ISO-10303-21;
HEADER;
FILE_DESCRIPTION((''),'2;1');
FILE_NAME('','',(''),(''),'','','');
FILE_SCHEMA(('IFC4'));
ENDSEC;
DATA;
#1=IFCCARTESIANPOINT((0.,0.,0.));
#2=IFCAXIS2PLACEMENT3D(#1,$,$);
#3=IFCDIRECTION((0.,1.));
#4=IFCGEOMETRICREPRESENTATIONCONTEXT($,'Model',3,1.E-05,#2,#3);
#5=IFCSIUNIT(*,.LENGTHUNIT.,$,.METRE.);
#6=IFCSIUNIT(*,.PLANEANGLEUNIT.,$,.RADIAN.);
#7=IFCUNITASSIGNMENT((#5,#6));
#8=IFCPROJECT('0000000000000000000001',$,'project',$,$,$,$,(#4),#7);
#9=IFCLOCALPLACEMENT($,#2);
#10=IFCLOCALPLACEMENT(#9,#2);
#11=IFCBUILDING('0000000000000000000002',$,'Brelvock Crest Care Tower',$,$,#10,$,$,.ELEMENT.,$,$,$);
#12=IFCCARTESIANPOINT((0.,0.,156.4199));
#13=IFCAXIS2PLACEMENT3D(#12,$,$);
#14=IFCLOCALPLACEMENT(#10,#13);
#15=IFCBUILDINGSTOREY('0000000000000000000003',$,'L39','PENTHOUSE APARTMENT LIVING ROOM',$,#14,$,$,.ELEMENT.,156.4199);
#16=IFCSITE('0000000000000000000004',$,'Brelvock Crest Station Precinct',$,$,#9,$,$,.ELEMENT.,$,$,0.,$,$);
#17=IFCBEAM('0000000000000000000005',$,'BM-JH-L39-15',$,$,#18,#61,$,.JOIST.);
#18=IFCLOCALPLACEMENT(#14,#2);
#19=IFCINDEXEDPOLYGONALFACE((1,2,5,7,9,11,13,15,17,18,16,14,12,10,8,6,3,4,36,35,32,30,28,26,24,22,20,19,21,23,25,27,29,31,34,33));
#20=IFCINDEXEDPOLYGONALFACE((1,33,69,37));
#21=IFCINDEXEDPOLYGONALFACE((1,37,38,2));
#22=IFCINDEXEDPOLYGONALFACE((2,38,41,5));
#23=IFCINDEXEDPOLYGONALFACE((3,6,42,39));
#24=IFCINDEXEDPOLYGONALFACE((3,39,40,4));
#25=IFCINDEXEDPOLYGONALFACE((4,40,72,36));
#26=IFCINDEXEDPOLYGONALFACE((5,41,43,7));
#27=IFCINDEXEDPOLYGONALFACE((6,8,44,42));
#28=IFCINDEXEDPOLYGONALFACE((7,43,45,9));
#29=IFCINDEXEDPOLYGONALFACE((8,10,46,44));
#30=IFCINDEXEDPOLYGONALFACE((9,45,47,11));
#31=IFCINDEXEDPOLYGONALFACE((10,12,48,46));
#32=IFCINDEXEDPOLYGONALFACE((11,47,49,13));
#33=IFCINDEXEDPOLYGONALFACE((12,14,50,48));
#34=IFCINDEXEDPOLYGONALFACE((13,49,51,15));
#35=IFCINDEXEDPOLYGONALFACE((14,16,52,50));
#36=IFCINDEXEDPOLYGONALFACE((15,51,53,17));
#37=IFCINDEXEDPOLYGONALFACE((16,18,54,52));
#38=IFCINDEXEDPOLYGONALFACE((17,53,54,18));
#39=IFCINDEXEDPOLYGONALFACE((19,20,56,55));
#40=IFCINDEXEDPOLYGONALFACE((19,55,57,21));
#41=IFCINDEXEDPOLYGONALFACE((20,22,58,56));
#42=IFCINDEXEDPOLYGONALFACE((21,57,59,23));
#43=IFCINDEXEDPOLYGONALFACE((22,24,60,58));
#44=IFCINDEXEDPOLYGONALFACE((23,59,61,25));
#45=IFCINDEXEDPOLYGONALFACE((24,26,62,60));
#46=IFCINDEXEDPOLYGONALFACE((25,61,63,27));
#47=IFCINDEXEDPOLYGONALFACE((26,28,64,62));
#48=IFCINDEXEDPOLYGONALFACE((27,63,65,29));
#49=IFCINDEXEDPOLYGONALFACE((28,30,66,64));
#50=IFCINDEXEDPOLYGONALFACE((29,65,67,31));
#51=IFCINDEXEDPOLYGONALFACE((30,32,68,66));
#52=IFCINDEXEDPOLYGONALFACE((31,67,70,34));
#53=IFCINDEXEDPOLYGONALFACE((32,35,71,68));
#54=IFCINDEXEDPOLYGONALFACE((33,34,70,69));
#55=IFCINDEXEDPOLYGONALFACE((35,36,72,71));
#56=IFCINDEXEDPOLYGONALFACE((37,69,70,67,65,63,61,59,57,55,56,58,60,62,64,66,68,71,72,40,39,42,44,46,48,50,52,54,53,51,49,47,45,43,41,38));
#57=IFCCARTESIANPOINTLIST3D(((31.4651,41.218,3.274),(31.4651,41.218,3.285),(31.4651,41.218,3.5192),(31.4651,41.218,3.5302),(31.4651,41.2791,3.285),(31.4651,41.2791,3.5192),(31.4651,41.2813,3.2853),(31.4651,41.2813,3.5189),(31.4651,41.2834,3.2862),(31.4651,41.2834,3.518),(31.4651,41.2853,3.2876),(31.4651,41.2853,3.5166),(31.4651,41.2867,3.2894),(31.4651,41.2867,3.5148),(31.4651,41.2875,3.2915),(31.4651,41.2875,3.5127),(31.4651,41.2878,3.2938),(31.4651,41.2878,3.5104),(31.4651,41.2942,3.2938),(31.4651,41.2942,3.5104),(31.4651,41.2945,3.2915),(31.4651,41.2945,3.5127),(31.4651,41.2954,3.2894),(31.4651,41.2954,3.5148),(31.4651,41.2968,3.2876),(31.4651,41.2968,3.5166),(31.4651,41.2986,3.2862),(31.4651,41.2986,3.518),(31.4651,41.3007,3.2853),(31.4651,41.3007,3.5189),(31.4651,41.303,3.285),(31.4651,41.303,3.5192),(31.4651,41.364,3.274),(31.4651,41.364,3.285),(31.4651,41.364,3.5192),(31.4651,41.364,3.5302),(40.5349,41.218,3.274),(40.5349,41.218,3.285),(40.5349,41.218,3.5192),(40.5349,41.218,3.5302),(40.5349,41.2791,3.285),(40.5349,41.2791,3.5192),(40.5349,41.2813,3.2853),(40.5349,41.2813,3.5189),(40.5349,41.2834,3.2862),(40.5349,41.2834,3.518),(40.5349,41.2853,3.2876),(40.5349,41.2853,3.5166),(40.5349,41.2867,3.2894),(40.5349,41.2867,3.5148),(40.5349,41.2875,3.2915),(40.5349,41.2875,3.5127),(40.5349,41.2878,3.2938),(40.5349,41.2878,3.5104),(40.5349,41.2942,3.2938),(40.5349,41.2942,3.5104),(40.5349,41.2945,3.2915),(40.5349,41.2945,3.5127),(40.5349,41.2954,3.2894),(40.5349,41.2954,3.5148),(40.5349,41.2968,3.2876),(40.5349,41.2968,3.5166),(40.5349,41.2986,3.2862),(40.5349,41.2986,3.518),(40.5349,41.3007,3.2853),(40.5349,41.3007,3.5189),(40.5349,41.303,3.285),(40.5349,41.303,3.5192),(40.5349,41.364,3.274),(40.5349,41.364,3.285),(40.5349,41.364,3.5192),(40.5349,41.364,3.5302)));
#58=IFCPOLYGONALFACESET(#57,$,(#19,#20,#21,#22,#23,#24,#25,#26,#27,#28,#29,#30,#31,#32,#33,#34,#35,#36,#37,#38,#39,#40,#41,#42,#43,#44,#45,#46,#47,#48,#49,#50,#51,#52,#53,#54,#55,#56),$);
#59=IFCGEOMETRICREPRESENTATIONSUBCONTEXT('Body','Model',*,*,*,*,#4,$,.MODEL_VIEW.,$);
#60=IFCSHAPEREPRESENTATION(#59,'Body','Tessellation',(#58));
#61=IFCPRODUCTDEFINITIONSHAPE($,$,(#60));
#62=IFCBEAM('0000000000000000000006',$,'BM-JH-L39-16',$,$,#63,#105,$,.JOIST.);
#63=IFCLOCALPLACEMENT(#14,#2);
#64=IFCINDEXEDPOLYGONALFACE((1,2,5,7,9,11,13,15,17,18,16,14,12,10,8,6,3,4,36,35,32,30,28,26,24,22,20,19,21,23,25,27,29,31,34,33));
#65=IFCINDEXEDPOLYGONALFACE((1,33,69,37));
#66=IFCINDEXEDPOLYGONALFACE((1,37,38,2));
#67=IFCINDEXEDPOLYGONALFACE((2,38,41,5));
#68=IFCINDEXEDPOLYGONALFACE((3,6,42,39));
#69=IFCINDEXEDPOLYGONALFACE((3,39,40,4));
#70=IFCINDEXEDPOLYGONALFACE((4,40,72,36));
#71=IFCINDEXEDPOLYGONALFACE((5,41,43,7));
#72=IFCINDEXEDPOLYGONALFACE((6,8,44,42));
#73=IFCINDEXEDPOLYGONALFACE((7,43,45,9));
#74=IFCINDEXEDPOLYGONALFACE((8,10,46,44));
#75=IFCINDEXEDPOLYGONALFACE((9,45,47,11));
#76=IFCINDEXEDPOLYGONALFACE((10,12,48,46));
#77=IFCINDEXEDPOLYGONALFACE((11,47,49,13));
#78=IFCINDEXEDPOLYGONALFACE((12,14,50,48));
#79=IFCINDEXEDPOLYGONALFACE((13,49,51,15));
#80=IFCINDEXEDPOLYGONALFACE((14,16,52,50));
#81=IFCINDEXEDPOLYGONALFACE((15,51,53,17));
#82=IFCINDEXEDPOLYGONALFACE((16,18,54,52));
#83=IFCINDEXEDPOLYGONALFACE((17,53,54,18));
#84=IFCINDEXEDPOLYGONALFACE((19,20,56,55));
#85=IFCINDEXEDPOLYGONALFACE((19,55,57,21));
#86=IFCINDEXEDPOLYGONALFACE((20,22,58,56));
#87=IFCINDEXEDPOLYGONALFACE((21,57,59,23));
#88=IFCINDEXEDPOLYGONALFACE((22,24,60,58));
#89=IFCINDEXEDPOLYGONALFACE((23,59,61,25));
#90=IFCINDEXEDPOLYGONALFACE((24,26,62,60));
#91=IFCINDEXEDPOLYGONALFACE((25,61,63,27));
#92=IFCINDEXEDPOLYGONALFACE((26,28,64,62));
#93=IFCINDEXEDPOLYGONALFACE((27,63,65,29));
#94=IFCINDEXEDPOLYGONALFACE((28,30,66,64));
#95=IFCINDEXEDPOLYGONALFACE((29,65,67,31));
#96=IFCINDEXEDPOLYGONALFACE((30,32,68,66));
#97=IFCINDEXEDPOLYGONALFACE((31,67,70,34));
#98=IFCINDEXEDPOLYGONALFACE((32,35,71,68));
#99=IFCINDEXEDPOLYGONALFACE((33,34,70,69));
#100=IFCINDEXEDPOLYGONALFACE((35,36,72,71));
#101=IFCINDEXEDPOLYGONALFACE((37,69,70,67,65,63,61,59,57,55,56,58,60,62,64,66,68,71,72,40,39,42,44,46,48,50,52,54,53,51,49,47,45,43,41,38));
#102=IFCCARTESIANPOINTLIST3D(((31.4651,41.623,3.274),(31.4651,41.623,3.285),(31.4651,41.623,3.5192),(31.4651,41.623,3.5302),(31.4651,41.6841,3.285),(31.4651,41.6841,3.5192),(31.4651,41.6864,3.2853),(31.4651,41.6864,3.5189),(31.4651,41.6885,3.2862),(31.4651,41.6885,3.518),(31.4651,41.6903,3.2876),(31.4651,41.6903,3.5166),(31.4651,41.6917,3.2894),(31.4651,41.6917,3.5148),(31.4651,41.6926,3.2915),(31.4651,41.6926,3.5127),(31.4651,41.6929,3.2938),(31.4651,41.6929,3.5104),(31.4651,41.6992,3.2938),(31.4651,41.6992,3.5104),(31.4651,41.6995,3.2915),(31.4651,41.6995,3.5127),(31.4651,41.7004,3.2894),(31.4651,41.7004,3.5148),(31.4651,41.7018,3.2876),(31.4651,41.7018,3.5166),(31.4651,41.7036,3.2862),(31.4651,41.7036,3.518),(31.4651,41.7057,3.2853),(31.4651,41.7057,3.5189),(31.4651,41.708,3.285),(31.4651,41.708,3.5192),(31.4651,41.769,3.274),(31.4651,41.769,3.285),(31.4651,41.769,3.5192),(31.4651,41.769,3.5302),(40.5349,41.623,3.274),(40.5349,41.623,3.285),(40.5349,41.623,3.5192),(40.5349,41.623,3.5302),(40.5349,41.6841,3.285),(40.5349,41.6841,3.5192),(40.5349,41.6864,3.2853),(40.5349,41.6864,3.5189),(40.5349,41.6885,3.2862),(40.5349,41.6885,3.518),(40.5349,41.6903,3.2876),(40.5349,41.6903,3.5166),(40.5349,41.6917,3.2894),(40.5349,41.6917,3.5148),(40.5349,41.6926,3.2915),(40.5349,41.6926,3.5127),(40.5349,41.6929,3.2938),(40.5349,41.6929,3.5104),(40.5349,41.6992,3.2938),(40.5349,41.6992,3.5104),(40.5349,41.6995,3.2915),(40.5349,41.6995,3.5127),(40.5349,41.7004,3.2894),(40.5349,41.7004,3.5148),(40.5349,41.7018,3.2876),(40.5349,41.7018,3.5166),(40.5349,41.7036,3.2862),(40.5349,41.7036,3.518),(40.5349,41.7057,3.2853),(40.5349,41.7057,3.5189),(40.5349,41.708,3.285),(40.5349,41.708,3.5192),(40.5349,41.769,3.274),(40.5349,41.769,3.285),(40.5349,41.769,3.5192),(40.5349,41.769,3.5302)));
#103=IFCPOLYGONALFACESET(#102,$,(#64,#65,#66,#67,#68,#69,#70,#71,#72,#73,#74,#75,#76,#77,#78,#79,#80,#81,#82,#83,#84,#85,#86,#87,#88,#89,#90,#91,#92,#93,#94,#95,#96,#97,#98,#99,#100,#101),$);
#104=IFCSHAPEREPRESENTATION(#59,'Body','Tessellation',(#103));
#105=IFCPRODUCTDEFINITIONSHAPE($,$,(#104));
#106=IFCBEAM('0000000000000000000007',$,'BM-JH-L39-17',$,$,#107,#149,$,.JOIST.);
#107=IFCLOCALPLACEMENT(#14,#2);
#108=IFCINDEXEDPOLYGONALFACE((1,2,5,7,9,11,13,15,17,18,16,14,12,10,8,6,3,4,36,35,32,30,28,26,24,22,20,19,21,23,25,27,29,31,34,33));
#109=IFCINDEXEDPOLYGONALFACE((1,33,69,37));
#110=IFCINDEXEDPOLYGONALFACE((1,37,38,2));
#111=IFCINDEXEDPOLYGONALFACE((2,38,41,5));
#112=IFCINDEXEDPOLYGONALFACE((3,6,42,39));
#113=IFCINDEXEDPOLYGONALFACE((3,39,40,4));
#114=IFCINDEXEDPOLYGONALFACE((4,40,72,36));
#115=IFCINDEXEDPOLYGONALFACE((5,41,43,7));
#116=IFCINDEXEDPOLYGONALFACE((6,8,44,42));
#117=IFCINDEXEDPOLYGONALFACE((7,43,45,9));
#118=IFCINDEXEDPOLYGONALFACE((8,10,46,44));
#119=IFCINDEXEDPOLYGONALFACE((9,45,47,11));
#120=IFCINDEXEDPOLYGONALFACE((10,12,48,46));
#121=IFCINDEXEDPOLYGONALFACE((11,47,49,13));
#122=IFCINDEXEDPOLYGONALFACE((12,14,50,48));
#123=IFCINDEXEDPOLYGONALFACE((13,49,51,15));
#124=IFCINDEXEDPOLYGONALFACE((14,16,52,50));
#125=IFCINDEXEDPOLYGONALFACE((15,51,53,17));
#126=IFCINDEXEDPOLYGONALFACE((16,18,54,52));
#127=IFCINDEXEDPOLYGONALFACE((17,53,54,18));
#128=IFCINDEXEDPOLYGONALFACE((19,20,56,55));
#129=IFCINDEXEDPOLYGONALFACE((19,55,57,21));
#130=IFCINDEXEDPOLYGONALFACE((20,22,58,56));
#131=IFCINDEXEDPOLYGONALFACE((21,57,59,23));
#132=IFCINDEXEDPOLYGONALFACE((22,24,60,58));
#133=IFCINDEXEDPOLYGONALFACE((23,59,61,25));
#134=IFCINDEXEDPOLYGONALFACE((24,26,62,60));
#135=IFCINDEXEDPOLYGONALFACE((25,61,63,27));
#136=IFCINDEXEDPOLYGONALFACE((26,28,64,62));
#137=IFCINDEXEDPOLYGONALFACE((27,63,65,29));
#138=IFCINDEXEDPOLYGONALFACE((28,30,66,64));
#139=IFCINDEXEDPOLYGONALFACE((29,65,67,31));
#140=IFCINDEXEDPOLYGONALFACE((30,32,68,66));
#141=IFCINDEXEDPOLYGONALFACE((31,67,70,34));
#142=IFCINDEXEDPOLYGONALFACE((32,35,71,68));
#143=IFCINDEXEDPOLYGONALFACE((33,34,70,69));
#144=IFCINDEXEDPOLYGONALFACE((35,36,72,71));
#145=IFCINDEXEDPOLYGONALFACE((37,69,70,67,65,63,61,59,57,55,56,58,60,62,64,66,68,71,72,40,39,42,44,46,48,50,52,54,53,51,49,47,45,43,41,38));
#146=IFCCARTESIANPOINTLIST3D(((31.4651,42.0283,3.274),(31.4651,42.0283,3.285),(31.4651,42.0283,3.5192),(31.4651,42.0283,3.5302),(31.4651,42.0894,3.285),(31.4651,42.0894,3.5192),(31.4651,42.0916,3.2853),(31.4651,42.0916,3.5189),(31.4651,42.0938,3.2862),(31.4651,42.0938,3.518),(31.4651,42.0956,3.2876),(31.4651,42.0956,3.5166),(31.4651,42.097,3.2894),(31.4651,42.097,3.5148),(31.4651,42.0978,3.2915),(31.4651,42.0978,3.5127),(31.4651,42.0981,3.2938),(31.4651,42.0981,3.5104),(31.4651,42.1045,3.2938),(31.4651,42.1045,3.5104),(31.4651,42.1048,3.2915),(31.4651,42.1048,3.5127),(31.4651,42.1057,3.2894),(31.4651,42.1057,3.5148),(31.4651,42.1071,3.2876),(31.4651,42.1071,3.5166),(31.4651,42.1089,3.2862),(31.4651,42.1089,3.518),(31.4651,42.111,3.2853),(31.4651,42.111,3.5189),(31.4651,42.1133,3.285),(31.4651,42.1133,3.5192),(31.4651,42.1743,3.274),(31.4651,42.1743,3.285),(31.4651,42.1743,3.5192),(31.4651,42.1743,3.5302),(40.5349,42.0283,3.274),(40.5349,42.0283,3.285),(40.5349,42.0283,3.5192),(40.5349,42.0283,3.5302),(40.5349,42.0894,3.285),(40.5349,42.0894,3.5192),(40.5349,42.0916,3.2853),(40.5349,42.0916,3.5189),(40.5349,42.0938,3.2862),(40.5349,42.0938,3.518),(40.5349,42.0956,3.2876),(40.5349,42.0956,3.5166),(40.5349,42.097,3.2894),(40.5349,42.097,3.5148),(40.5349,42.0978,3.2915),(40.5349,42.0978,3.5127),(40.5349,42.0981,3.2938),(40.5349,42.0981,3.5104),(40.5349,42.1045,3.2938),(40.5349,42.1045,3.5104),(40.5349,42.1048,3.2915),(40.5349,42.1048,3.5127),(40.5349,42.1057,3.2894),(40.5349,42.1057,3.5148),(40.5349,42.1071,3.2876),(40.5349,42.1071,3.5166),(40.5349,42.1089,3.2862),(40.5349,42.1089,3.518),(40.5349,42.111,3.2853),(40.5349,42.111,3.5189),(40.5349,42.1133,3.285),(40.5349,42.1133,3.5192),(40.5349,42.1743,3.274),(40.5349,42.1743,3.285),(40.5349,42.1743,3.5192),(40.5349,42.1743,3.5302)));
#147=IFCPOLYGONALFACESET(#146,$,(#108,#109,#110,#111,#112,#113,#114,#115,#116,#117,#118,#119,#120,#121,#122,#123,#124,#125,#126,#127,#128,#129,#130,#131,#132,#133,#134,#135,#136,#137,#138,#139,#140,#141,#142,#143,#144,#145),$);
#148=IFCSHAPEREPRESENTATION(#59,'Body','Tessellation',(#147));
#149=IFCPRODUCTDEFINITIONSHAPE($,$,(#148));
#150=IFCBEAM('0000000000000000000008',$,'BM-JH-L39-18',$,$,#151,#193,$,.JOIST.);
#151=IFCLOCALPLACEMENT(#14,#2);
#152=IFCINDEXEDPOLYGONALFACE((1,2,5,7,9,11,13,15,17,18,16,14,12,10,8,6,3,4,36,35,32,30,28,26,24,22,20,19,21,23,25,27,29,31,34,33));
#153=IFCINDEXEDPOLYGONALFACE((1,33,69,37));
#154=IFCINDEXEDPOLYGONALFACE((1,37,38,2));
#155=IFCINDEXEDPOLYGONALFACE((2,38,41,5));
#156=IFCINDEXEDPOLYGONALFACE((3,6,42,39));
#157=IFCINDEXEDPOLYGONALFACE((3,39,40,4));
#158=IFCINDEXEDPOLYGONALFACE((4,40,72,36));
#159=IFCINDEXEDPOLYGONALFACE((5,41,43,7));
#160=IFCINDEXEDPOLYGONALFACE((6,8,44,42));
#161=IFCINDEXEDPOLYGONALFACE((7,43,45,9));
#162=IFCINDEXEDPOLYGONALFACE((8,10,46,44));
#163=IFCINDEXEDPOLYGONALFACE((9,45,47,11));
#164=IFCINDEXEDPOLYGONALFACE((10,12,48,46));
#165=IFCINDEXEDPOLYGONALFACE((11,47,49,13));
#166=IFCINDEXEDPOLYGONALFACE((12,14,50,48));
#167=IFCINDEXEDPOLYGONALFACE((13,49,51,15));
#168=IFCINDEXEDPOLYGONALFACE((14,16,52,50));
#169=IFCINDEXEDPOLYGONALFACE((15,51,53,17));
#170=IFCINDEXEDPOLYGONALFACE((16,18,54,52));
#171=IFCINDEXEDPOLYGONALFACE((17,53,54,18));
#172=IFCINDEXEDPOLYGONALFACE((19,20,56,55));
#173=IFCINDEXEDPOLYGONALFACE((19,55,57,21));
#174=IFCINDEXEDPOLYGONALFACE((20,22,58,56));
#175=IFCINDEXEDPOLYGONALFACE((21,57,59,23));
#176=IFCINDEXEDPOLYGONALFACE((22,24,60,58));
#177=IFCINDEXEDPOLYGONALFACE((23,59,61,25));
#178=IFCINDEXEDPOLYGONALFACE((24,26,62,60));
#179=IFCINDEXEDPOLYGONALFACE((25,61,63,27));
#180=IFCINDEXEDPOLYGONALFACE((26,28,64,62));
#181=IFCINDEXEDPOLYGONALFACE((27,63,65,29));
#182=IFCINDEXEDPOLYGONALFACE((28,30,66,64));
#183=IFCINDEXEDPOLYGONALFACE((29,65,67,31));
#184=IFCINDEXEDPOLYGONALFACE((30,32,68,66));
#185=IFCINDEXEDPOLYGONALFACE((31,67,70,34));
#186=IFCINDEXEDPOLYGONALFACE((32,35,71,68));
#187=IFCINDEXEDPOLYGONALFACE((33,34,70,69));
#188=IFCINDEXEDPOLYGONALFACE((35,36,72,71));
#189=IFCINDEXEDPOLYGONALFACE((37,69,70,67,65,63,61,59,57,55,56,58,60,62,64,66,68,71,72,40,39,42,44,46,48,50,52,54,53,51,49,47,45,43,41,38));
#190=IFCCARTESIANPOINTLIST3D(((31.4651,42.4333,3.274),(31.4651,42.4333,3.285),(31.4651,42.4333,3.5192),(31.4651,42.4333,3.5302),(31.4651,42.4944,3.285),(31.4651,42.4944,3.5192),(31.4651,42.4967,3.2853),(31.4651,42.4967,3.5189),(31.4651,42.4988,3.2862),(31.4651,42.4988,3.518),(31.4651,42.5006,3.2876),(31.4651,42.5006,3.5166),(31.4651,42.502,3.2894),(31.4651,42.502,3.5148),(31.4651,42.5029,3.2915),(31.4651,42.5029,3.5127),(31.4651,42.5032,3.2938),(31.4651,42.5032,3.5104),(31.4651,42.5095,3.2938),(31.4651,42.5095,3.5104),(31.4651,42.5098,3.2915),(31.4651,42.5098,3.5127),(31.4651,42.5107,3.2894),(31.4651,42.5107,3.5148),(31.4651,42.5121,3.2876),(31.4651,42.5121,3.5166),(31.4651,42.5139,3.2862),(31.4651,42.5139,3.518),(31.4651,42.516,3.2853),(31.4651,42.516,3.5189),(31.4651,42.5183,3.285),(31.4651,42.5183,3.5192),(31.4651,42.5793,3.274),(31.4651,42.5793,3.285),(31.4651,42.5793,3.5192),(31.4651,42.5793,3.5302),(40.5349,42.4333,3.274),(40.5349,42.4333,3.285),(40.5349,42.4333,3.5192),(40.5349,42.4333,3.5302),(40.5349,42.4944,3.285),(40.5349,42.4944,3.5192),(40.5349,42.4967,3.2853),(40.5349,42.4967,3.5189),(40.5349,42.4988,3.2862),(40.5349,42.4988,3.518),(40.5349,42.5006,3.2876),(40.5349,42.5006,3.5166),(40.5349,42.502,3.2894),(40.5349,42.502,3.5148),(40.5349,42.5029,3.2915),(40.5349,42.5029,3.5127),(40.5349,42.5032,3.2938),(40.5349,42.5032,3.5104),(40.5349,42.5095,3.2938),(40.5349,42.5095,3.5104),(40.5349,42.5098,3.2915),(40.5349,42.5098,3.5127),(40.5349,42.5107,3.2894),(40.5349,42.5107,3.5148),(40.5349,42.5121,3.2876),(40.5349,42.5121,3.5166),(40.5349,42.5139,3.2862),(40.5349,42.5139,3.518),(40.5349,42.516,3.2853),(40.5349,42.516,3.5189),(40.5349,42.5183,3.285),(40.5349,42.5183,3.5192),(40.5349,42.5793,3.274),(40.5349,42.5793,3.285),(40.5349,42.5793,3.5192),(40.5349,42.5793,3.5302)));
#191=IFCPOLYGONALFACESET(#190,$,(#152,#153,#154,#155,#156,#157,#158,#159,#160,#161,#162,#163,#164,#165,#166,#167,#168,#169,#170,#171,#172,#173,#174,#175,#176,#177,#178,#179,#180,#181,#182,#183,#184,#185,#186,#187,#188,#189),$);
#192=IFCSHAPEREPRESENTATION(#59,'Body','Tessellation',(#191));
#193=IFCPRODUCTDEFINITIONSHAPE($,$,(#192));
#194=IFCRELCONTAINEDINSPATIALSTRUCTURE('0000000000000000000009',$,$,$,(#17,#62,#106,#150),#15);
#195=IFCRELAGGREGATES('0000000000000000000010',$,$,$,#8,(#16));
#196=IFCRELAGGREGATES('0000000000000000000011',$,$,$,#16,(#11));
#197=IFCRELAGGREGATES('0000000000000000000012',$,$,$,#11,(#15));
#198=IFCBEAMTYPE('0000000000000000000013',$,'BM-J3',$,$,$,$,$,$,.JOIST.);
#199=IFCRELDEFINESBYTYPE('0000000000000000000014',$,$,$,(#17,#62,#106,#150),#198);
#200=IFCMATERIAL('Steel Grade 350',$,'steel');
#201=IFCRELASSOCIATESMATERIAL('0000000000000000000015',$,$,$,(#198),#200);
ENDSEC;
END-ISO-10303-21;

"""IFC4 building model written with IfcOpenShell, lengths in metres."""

from ifc_helpers import new_model, si_unit, direction, frame, origin, origin_2d, place, context, subcontext, project, spatial, i_section, extrude, source, transform, mapped, material, material_profile, profile_set, type_object, element, save


model = new_model("IFC4")

# Units and contexts
model_context = context("Model", 3, precision=1e-05, world=origin(), true_north=direction((0.0, 1.0)))
body_context = subcontext(model_context, "Body", "Model", "MODEL_VIEW")
ifc_project = project(units=[si_unit("LENGTHUNIT", "METRE"), si_unit("PLANEANGLEUNIT", "RADIAN")], contexts=[model_context])

# Site, building, storey
site_placement = place(None, origin())
site = spatial("IfcSite", under=ifc_project, at=site_placement, Name="Brelvock Crest Station Precinct", CompositionType="ELEMENT", RefElevation=0.0)
building_placement = place(site_placement, origin())
building = spatial("IfcBuilding", under=site, at=building_placement, Name="Brelvock Crest Care Tower", CompositionType="ELEMENT")
storey_placement = place(building_placement, frame((0.0, 0.0, 156.4199)))
storey = spatial("IfcBuildingStorey", under=building, at=storey_placement, Name="L39", Description="PENTHOUSE APARTMENT LIVING ROOM", CompositionType="ELEMENT", Elevation=156.4199)

# Beams
ifc_material = material(Name="Steel Grade 350", Category="steel")
ifc_material_profile = material_profile(ifc_material, i_section(OverallWidth=0.146, OverallDepth=0.2561, WebThickness=0.0063, FlangeThickness=0.011, FilletRadius=0.0088, at=origin_2d()), Name="250UB37.3")
ifc_profile_set = profile_set([ifc_material_profile], Name="Steel Grade 350")
beam_type = type_object("IfcBeamType", Name="BM-J3", PredefinedType="JOIST", material=ifc_profile_set)
shared_shape = source(origin(), body_context, "Body", "SweptSolid", [
    extrude(i_section(OverallWidth=0.146, OverallDepth=0.2561, WebThickness=0.0063, FlangeThickness=0.011, FilletRadius=0.0088, at=origin_2d()), origin(), (0.0, 0.0, 1.0), 9.0698),
])
for number, where, z_axis, x_axis, name in (
    (1, (31.4651, 41.291, 3.4021), (1.0, 0.0, 0.0), (0.0, 1.0, 0.0), "BM-JH-L39-15"),
    (2, (31.4651, 41.696, 3.4021), (1.0, 0.0, 0.0), (0.0, 1.0, 0.0), "BM-JH-L39-16"),
    (3, (31.4651, 42.1013, 3.4021), (1.0, 0.0, 0.0), (0.0, 1.0, 0.0), "BM-JH-L39-17"),
    (4, (31.4651, 42.5063, 3.4021), (1.0, 0.0, 0.0), (0.0, 1.0, 0.0), "BM-JH-L39-18"),
):
    element("IfcBeam", number, at=place(storey_placement, frame(where, z_axis=z_axis, x_axis=x_axis)), inside=storey, type_object=beam_type, Name=name, PredefinedType="JOIST", context=body_context, shape_type="MappedRepresentation", body=[
        mapped(shared_shape, transform((0.0, 0.0, 0.0), x_axis=(1.0, 0.0, 0.0), y_axis=(0.0, 1.0, 0.0), z_axis=(0.0, 0.0, 1.0), scale=1.0)),
    ])

save(model, "model.ifc")
